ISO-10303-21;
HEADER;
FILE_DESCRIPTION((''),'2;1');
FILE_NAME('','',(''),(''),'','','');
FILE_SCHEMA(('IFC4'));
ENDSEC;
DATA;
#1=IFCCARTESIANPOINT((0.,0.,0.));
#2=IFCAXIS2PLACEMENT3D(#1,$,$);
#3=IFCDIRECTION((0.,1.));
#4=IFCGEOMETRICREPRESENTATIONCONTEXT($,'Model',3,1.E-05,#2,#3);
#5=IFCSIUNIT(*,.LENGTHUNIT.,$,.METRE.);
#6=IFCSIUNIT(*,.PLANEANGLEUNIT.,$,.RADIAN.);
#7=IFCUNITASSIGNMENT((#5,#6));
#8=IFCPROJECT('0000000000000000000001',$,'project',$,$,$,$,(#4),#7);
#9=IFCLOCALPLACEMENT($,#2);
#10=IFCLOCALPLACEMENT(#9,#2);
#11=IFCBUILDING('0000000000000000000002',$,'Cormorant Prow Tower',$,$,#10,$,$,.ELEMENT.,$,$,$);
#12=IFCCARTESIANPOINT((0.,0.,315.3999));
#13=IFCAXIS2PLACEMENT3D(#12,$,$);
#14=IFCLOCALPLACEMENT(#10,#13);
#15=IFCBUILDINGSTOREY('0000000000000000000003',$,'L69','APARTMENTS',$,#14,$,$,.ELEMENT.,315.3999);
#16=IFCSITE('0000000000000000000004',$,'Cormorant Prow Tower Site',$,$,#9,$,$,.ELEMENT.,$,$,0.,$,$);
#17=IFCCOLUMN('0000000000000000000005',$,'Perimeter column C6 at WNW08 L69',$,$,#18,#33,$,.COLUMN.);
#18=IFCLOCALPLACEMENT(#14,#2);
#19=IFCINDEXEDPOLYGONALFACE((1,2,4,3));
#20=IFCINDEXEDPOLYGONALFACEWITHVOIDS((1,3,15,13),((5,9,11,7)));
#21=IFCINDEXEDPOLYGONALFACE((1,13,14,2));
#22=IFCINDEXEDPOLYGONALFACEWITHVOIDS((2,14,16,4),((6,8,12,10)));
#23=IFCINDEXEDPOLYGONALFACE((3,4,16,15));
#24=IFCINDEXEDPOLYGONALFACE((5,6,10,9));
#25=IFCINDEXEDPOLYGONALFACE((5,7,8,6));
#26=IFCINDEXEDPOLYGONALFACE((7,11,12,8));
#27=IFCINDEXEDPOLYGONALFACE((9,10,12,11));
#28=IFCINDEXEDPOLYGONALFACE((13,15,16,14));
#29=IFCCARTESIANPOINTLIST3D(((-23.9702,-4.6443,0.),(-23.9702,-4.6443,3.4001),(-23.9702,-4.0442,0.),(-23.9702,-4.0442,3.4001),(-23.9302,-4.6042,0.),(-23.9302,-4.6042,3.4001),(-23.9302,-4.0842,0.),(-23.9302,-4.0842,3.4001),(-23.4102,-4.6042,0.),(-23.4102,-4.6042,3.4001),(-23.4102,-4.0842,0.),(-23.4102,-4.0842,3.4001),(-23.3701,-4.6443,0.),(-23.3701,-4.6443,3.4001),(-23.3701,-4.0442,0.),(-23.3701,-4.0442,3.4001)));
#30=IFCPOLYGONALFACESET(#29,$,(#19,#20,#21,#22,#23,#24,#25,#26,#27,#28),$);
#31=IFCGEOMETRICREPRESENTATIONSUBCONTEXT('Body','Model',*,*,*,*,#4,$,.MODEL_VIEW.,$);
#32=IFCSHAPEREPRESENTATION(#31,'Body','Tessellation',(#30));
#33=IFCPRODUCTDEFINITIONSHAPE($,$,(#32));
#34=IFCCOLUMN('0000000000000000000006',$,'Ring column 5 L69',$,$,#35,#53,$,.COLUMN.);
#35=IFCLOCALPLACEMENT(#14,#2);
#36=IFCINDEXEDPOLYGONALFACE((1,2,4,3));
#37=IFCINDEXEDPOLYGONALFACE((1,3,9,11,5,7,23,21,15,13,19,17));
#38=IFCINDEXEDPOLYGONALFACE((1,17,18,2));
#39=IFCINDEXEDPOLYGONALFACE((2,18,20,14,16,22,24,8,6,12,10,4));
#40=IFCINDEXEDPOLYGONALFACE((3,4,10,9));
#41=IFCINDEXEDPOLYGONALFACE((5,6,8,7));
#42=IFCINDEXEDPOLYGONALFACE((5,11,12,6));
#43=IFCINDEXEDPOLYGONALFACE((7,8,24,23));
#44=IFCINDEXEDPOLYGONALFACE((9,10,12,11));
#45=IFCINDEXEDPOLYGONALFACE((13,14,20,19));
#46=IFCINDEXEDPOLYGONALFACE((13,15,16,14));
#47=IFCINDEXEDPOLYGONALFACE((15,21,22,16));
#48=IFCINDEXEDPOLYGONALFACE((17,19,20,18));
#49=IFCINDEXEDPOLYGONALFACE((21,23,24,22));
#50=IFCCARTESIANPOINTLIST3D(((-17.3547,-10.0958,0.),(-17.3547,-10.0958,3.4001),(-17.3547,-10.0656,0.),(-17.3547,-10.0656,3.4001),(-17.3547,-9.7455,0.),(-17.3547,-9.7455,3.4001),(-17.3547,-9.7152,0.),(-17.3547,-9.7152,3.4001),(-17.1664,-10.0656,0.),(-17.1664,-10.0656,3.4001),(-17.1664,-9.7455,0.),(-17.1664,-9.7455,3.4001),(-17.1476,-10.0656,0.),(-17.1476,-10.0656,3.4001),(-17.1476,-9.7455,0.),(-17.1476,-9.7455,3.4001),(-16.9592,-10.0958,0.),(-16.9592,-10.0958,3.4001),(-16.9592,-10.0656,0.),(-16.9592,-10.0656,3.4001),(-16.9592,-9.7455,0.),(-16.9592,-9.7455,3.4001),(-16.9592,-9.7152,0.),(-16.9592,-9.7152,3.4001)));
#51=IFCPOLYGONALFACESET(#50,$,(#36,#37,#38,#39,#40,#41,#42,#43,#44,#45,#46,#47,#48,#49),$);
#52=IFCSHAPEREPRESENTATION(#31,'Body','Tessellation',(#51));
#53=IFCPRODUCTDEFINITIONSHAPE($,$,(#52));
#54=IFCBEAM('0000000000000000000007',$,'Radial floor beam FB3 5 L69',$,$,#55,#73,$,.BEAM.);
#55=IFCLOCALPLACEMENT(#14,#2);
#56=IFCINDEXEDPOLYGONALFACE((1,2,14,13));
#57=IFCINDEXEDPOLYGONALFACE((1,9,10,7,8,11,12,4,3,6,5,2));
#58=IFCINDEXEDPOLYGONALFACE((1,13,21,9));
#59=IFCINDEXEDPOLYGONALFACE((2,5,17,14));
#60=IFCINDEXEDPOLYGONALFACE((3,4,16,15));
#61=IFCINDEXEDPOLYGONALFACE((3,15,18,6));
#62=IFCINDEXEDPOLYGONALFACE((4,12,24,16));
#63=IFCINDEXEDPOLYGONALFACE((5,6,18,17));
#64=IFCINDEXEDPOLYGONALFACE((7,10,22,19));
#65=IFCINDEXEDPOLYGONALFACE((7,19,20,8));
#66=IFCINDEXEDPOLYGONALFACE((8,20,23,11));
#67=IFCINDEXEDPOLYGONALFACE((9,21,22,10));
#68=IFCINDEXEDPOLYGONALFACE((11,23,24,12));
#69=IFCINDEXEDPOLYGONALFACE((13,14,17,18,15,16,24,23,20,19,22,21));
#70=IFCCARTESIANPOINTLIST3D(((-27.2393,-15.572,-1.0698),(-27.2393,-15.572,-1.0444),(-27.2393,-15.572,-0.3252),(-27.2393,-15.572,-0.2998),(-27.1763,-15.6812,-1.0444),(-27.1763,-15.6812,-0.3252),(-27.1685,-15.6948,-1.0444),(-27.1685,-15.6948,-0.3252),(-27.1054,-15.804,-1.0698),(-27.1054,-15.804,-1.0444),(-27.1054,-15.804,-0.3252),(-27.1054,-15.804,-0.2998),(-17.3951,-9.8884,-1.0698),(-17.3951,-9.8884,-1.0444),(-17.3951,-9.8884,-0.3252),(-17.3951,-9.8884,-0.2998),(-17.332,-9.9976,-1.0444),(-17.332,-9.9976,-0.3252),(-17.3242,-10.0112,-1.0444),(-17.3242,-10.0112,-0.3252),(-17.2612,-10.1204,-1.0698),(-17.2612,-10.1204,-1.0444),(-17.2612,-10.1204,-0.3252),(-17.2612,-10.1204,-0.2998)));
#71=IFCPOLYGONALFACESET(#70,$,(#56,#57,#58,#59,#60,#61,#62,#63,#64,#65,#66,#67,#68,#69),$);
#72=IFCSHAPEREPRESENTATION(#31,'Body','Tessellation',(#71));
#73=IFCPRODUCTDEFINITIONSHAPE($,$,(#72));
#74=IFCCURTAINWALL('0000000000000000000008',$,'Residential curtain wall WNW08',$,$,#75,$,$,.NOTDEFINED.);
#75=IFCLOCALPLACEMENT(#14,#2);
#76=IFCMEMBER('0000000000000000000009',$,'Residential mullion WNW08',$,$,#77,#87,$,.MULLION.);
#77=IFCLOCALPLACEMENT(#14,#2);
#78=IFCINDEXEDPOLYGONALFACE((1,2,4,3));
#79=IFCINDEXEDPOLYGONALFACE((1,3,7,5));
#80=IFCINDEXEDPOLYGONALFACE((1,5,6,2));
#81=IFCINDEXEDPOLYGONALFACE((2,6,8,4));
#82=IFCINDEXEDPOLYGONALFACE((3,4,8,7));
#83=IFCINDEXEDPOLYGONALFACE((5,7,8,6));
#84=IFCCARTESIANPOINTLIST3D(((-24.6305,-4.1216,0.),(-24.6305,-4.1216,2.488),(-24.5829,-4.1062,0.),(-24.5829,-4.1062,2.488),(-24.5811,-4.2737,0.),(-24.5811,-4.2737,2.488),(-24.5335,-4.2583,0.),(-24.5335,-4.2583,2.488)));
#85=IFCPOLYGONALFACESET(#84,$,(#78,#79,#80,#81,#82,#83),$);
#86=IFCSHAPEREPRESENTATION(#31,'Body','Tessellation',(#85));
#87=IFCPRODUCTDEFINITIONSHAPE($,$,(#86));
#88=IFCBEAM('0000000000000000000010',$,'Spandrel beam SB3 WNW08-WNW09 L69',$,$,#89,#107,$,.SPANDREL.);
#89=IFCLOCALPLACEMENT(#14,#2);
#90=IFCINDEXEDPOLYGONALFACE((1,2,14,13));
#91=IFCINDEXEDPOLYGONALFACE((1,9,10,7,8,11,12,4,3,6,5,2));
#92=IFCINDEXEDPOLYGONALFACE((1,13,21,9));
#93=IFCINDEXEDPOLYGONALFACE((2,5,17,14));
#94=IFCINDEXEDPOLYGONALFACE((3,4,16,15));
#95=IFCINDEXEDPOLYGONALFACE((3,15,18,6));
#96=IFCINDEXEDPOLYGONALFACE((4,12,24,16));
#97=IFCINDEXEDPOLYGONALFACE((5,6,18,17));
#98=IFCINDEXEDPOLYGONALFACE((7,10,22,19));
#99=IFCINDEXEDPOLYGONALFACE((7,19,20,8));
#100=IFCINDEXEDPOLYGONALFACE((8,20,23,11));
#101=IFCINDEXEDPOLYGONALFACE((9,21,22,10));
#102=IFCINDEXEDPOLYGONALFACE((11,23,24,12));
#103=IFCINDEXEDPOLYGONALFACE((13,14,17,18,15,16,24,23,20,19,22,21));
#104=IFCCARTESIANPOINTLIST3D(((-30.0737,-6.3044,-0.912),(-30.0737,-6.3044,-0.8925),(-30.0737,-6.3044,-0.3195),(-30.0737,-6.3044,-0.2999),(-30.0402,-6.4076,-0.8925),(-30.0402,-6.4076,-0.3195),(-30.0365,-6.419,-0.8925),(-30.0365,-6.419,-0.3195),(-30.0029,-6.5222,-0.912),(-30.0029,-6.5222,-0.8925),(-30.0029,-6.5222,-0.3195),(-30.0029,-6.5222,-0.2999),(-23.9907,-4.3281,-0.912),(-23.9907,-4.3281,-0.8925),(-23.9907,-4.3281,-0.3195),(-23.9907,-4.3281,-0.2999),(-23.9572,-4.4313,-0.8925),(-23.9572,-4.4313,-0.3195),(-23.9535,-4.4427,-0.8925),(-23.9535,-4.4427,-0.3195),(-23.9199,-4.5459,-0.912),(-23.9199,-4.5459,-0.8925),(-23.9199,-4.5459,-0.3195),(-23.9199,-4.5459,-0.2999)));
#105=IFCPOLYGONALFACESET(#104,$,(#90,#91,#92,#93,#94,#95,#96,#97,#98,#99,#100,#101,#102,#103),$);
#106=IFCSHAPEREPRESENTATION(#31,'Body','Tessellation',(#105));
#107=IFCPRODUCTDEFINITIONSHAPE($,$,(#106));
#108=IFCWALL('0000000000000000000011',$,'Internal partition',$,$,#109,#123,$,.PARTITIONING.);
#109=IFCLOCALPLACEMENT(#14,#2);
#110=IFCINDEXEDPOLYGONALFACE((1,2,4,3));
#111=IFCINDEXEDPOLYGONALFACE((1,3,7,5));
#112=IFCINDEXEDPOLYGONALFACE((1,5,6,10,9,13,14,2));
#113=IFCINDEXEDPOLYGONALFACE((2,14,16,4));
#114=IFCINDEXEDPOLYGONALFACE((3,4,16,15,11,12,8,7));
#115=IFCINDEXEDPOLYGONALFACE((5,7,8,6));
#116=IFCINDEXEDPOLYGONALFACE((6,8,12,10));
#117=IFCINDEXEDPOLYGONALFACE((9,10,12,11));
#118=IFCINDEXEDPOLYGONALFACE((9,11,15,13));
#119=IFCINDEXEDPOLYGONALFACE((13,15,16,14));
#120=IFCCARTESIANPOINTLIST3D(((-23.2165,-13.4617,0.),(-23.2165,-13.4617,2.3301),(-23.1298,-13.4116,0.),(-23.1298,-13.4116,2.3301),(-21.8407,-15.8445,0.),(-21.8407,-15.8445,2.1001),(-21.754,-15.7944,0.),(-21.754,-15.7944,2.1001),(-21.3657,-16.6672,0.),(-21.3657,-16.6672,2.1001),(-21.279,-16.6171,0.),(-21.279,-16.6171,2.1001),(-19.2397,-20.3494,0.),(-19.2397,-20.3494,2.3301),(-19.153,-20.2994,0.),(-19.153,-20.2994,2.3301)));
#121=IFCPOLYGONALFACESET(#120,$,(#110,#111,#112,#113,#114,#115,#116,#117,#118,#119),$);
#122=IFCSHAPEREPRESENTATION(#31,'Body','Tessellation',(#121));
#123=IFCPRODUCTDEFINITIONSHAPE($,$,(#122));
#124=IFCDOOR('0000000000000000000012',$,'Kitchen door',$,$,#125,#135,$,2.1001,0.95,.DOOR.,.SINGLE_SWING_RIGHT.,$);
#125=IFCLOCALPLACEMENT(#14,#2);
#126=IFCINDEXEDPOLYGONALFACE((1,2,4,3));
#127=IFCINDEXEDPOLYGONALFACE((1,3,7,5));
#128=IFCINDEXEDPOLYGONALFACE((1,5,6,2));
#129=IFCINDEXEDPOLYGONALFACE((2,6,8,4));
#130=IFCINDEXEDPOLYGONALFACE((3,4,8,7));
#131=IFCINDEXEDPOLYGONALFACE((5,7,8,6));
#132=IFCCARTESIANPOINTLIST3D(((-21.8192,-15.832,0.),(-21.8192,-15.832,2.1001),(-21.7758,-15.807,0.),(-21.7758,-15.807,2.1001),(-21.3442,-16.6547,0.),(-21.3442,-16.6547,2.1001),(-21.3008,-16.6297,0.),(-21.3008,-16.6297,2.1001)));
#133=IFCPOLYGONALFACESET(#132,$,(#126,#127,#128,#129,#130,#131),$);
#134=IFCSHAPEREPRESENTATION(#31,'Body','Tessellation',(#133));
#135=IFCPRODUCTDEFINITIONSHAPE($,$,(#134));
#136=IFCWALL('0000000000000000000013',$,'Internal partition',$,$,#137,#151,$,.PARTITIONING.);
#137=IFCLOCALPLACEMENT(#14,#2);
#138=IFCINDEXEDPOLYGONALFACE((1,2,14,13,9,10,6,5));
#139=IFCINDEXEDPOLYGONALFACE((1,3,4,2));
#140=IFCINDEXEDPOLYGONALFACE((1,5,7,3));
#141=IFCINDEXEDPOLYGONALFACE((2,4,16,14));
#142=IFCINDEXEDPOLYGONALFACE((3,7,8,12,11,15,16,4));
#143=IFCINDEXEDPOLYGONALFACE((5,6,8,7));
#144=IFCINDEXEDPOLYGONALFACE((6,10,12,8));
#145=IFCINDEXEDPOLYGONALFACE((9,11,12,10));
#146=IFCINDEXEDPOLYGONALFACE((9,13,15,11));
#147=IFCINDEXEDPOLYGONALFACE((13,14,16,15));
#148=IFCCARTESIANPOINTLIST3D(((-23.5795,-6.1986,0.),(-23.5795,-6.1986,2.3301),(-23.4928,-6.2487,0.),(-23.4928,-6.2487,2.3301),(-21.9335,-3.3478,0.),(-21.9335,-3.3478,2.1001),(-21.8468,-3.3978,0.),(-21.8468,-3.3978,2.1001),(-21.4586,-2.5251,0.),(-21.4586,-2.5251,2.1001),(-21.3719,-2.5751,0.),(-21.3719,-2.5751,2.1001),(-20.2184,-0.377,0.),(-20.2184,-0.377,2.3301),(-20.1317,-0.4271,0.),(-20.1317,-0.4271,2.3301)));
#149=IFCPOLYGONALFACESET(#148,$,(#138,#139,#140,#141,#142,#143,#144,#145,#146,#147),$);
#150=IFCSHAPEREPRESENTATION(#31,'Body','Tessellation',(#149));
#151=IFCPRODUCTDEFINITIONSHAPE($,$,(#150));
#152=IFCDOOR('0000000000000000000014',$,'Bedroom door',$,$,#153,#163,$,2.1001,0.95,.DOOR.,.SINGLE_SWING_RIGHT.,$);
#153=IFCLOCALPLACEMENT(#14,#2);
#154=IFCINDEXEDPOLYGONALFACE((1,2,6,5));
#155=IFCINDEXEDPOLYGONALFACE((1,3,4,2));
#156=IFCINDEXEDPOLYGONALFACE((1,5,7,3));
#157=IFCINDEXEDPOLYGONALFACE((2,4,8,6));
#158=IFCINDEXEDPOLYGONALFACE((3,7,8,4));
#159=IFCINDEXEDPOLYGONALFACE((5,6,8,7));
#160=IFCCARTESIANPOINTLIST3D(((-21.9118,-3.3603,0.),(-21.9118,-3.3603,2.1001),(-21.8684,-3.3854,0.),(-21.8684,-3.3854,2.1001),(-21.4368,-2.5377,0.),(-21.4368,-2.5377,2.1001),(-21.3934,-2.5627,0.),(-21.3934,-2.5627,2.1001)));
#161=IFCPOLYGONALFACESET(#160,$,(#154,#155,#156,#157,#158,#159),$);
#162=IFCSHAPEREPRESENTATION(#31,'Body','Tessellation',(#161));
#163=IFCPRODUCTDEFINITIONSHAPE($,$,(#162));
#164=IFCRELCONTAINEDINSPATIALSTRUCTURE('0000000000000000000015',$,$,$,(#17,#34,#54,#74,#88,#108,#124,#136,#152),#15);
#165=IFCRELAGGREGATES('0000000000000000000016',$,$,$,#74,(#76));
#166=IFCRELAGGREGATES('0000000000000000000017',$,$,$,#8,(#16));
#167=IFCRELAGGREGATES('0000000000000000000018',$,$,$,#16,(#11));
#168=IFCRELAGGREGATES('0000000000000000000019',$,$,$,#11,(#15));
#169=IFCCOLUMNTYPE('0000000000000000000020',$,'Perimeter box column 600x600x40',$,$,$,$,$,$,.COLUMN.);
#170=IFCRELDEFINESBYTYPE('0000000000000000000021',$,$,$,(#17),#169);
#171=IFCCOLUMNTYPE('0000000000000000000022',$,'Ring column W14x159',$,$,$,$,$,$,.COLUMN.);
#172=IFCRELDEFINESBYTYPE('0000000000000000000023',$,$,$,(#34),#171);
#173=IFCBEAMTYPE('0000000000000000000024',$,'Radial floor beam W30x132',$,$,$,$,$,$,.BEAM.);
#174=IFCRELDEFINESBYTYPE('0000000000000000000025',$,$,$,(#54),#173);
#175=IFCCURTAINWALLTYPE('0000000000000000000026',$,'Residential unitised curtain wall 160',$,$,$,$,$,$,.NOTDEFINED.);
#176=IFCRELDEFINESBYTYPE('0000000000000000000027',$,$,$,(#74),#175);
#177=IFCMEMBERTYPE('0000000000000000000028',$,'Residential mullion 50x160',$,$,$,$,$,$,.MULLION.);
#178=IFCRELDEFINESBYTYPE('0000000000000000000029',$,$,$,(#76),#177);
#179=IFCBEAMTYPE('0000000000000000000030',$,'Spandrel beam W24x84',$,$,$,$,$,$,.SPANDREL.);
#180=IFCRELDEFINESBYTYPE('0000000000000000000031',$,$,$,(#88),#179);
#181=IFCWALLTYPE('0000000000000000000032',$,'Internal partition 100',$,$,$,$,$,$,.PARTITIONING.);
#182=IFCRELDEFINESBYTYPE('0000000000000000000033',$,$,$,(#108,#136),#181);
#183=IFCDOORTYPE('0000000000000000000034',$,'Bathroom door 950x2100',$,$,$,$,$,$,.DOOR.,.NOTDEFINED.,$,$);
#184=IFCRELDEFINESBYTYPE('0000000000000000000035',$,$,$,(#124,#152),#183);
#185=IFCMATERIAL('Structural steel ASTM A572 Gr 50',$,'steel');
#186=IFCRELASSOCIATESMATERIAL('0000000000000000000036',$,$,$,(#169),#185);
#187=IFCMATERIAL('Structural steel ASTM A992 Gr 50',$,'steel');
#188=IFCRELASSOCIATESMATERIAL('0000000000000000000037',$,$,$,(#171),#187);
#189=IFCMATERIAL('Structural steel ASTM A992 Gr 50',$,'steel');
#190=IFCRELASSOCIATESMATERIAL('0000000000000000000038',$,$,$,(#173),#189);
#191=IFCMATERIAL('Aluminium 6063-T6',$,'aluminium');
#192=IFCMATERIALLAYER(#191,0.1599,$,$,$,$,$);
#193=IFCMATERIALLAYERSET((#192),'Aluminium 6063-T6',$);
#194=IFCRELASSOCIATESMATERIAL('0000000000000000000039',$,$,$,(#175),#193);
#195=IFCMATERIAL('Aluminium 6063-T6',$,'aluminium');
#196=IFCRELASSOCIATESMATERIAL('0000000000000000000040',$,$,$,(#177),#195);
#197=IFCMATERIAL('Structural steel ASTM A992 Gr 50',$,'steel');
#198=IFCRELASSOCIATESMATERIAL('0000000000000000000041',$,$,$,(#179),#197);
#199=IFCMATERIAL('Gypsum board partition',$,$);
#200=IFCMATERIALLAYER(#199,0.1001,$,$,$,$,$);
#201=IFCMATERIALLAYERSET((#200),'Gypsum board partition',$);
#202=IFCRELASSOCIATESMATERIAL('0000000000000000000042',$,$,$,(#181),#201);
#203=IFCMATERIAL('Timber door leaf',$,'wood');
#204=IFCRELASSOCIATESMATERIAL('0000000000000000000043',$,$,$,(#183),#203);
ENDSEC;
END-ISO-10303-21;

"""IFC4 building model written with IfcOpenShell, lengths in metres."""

from ifc_helpers import new_model, si_unit, direction, frame, frame_2d, origin, origin_2d, place, context, subcontext, project, spatial, rectangle, hollow_rectangle, i_section, extrude, material, layer, layer_set, material_profile, profile_set, type_object, element, fill, aggregate, save


model = new_model("IFC4")

# Units and contexts
model_context = context("Model", 3, precision=1e-05, world=origin(), true_north=direction((0.0, 1.0)))
body_context = subcontext(model_context, "Body", "Model", "MODEL_VIEW")
ifc_project = project(units=[si_unit("LENGTHUNIT", "METRE"), si_unit("PLANEANGLEUNIT", "RADIAN")], contexts=[model_context])

# Site, building, storey
site_placement = place(None, origin())
site = spatial("IfcSite", under=ifc_project, at=site_placement, Name="Cormorant Prow Tower Site", CompositionType="ELEMENT", RefElevation=0.0)
building_placement = place(site_placement, origin())
building = spatial("IfcBuilding", under=site, at=building_placement, Name="Cormorant Prow Tower", CompositionType="ELEMENT")
storey_placement = place(building_placement, frame((0.0, 0.0, 315.3999)))
storey = spatial("IfcBuildingStorey", under=building, at=storey_placement, Name="L69", Description="APARTMENTS", CompositionType="ELEMENT", Elevation=315.3999)

# Columns
ifc_material_1 = material(Name="Structural steel ASTM A572 Gr 50", Category="steel")
ifc_material_profile_1 = material_profile(ifc_material_1, hollow_rectangle(XDim=0.6001, YDim=0.6001, WallThickness=0.04, at=origin_2d()), Name="Box 600x600x40")
ifc_profile_set_1 = profile_set([ifc_material_profile_1], Name="Structural steel ASTM A572 Gr 50")
column_type_1 = type_object("IfcColumnType", Name="Perimeter box column 600x600x40", PredefinedType="COLUMN", material=ifc_profile_set_1)
column_1_placement = place(storey_placement, frame((-23.6702, -4.3442, 0.0), z_axis=(0.0, 0.0, 1.0), x_axis=(1.0, 0.0, 0.0)))
element("IfcColumn", 1, at=column_1_placement, inside=storey, type_object=column_type_1, Name="Perimeter column C6 at WNW08 L69", PredefinedType="COLUMN", context=body_context, shape_type="SweptSolid", body=[
    extrude(hollow_rectangle(XDim=0.6001, YDim=0.6001, WallThickness=0.04, at=origin_2d()), origin(), (0.0, 0.0, 1.0), 3.4001),
])
ifc_material_2 = material(Name="Structural steel ASTM A992 Gr 50", Category="steel")
ifc_material_profile_2 = material_profile(ifc_material_2, i_section(OverallWidth=0.3955, OverallDepth=0.3806, WebThickness=0.0188, FlangeThickness=0.0303, at=origin_2d()), Name="W14x159")
ifc_profile_set_2 = profile_set([ifc_material_profile_2], Name="Structural steel ASTM A992 Gr 50")
column_type_2 = type_object("IfcColumnType", Name="Ring column W14x159", PredefinedType="COLUMN", material=ifc_profile_set_2)
column_2_placement = place(storey_placement, frame((-17.157, -9.9055, 0.0), z_axis=(0.0, 0.0, 1.0), x_axis=(1.0, 0.0, 0.0)))
element("IfcColumn", 2, at=column_2_placement, inside=storey, type_object=column_type_2, Name="Ring column 5 L69", PredefinedType="COLUMN", context=body_context, shape_type="SweptSolid", body=[
    extrude(i_section(OverallWidth=0.3955, OverallDepth=0.3806, WebThickness=0.0188, FlangeThickness=0.0303, at=origin_2d()), origin(), (0.0, 0.0, 1.0), 3.4001),
])

# Beam
ifc_material_3 = material(Name="Structural steel ASTM A992 Gr 50", Category="steel")
ifc_material_profile_3 = material_profile(ifc_material_3, i_section(OverallWidth=0.2678, OverallDepth=0.77, WebThickness=0.0156, FlangeThickness=0.0254, at=origin_2d()), Name="W30x132")
ifc_profile_set_3 = profile_set([ifc_material_profile_3], Name="Structural steel ASTM A992 Gr 50")
beam_type_1 = type_object("IfcBeamType", Name="Radial floor beam W30x132", PredefinedType="BEAM", material=ifc_profile_set_3)
beam_1_placement = place(storey_placement, frame((-17.3281, -10.0044, -0.6848), z_axis=(-0.866025, -0.500001, 0.0), x_axis=(0.500001, -0.866025, 0.0)))
element("IfcBeam", 3, at=beam_1_placement, inside=storey, type_object=beam_type_1, Name="Radial floor beam FB3 5 L69", PredefinedType="BEAM", context=body_context, shape_type="SweptSolid", body=[
    extrude(i_section(OverallWidth=0.2678, OverallDepth=0.77, WebThickness=0.0156, FlangeThickness=0.0254, at=origin_2d()), origin(), (0.0, 0.0, 1.0), 11.3672),
])

# Curtain wall, member
ifc_material_4 = material(Name="Aluminium 6063-T6", Category="aluminium")
ifc_layer_1 = layer(ifc_material_4, 0.1599)
ifc_layer_set_1 = layer_set([ifc_layer_1], Name="Aluminium 6063-T6")
curtain_wall_type = type_object("IfcCurtainWallType", Name="Residential unitised curtain wall 160", PredefinedType="NOTDEFINED", material=ifc_layer_set_1)
curtain_wall_placement = place(storey_placement, origin())
curtain_wall = element("IfcCurtainWall", 4, at=curtain_wall_placement, inside=storey, type_object=curtain_wall_type, Name="Residential curtain wall WNW08", PredefinedType="NOTDEFINED")
ifc_material_5 = material(Name="Aluminium 6063-T6", Category="aluminium")
ifc_material_profile_4 = material_profile(ifc_material_5, rectangle(XDim=0.1599, YDim=0.05, at=origin_2d()), Name="Residential mullion 50x160")
ifc_profile_set_4 = profile_set([ifc_material_profile_4], Name="Aluminium 6063-T6")
member_type = type_object("IfcMemberType", Name="Residential mullion 50x160", PredefinedType="MULLION", material=ifc_profile_set_4)
member_placement = place(storey_placement, frame((-24.582, -4.1899, 0.0), z_axis=(0.0, 0.0, 1.0), x_axis=(0.309017, -0.951057, 0.0)))
member = element("IfcMember", 5, at=member_placement, type_object=member_type, Name="Residential mullion WNW08", PredefinedType="MULLION", context=body_context, shape_type="SweptSolid", body=[
    extrude(rectangle(XDim=0.1599, YDim=0.05, at=origin_2d()), origin(), (0.0, 0.0, 1.0), 2.488),
])
aggregate(curtain_wall, [member])

# Beam
ifc_material_6 = material(Name="Structural steel ASTM A992 Gr 50", Category="steel")
ifc_material_profile_5 = material_profile(ifc_material_6, i_section(OverallWidth=0.229, OverallDepth=0.6121, WebThickness=0.012, FlangeThickness=0.0195, at=origin_2d()), Name="W24x84")
ifc_profile_set_5 = profile_set([ifc_material_profile_5], Name="Structural steel ASTM A992 Gr 50")
beam_type_2 = type_object("IfcBeamType", Name="Spandrel beam W24x84", PredefinedType="SPANDREL", material=ifc_profile_set_5)
beam_2_placement = place(storey_placement, frame((-23.9553, -4.437, -0.606), z_axis=(-0.951064, -0.308993, 0.0), x_axis=(0.308993, -0.951064, 0.0)))
element("IfcBeam", 6, at=beam_2_placement, inside=storey, type_object=beam_type_2, Name="Spandrel beam SB3 WNW08-WNW09 L69", PredefinedType="SPANDREL", context=body_context, shape_type="SweptSolid", body=[
    extrude(i_section(OverallWidth=0.229, OverallDepth=0.6121, WebThickness=0.012, FlangeThickness=0.0195, at=origin_2d()), origin(), (0.0, 0.0, 1.0), 6.396),
])

# Walls, openings, doors
ifc_material_7 = material(Name="Gypsum board partition")
ifc_layer_2 = layer(ifc_material_7, 0.1001)
ifc_layer_set_2 = layer_set([ifc_layer_2], Name="Gypsum board partition")
wall_type = type_object("IfcWallType", Name="Internal partition 100", PredefinedType="PARTITIONING", material=ifc_layer_set_2)
wall_1_placement = place(storey_placement, frame((-23.1731, -13.4368, 0.0), z_axis=(0.0, 0.0, 1.0), x_axis=(0.500018, -0.866015, 0.0)))
wall_1 = element("IfcWall", 7, at=wall_1_placement, inside=storey, type_object=wall_type, Name="Internal partition", PredefinedType="PARTITIONING", context=body_context, shape_type="SweptSolid", body=[
    extrude(rectangle(XDim=7.9534, YDim=0.1001, at=frame_2d((3.9766, 0.0))), origin(), (0.0, 0.0, 1.0), 2.3301),
])
opening_1_placement = place(wall_1_placement, frame((2.7512, 0.0, 0.0)))
opening_1 = element("IfcOpeningElement", 8, at=opening_1_placement, cuts=wall_1, PredefinedType="OPENING", context=body_context, shape_type="SweptSolid", body=[
    extrude(rectangle(XDim=0.95, YDim=2.1001, at=frame_2d((0.4751, 1.05))), frame((0.0, 0.0601, 0.0), z_axis=(0.0, -1.0, 0.0), x_axis=(1.0, 0.0, 0.0)), (0.0, 0.0, 1.0), 0.1201),
])
ifc_material_8 = material(Name="Timber door leaf", Category="wood")
door_type = type_object("IfcDoorType", Name="Bathroom door 950x2100", OperationType="NOTDEFINED", PredefinedType="DOOR", material=ifc_material_8)
door_1_placement = place(opening_1_placement, origin())
door_1 = element("IfcDoor", 9, at=door_1_placement, inside=storey, type_object=door_type, Name="Kitchen door", OperationType="SINGLE_SWING_RIGHT", OverallHeight=2.1001, OverallWidth=0.95, PredefinedType="DOOR", context=body_context, shape_type="SweptSolid", body=[
    extrude(rectangle(XDim=0.95, YDim=2.1001, at=frame_2d((0.4751, 1.05))), frame((0.0, 0.0249, 0.0), z_axis=(0.0, -1.0, 0.0), x_axis=(1.0, 0.0, 0.0)), (0.0, 0.0, 1.0), 0.05),
])
fill(opening_1, door_1)
wall_2_placement = place(storey_placement, frame((-23.5361, -6.2236, 0.0), z_axis=(0.0, 0.0, 1.0), x_axis=(0.500002, 0.866024, 0.0)))
wall_2 = element("IfcWall", 10, at=wall_2_placement, inside=storey, type_object=wall_type, Name="Internal partition", PredefinedType="PARTITIONING", context=body_context, shape_type="SweptSolid", body=[
    extrude(rectangle(XDim=6.7222, YDim=0.1001, at=frame_2d((3.3611, 0.0))), origin(), (0.0, 0.0, 1.0), 2.3301),
])
opening_2_placement = place(wall_2_placement, frame((3.2917, 0.0, 0.0)))
opening_2 = element("IfcOpeningElement", 11, at=opening_2_placement, cuts=wall_2, PredefinedType="OPENING", context=body_context, shape_type="SweptSolid", body=[
    extrude(rectangle(XDim=0.95, YDim=2.1001, at=frame_2d((0.4751, 1.05))), frame((0.0, 0.0601, 0.0), z_axis=(0.0, -1.0, 0.0), x_axis=(1.0, 0.0, 0.0)), (0.0, 0.0, 1.0), 0.1201),
])
door_2_placement = place(opening_2_placement, origin())
door_2 = element("IfcDoor", 12, at=door_2_placement, inside=storey, type_object=door_type, Name="Bedroom door", OperationType="SINGLE_SWING_RIGHT", OverallHeight=2.1001, OverallWidth=0.95, PredefinedType="DOOR", context=body_context, shape_type="SweptSolid", body=[
    extrude(rectangle(XDim=0.95, YDim=2.1001, at=frame_2d((0.4751, 1.05))), frame((0.0, 0.0249, 0.0), z_axis=(0.0, -1.0, 0.0), x_axis=(1.0, 0.0, 0.0)), (0.0, 0.0, 1.0), 0.05),
])
fill(opening_2, door_2)

save(model, "model.ifc")
